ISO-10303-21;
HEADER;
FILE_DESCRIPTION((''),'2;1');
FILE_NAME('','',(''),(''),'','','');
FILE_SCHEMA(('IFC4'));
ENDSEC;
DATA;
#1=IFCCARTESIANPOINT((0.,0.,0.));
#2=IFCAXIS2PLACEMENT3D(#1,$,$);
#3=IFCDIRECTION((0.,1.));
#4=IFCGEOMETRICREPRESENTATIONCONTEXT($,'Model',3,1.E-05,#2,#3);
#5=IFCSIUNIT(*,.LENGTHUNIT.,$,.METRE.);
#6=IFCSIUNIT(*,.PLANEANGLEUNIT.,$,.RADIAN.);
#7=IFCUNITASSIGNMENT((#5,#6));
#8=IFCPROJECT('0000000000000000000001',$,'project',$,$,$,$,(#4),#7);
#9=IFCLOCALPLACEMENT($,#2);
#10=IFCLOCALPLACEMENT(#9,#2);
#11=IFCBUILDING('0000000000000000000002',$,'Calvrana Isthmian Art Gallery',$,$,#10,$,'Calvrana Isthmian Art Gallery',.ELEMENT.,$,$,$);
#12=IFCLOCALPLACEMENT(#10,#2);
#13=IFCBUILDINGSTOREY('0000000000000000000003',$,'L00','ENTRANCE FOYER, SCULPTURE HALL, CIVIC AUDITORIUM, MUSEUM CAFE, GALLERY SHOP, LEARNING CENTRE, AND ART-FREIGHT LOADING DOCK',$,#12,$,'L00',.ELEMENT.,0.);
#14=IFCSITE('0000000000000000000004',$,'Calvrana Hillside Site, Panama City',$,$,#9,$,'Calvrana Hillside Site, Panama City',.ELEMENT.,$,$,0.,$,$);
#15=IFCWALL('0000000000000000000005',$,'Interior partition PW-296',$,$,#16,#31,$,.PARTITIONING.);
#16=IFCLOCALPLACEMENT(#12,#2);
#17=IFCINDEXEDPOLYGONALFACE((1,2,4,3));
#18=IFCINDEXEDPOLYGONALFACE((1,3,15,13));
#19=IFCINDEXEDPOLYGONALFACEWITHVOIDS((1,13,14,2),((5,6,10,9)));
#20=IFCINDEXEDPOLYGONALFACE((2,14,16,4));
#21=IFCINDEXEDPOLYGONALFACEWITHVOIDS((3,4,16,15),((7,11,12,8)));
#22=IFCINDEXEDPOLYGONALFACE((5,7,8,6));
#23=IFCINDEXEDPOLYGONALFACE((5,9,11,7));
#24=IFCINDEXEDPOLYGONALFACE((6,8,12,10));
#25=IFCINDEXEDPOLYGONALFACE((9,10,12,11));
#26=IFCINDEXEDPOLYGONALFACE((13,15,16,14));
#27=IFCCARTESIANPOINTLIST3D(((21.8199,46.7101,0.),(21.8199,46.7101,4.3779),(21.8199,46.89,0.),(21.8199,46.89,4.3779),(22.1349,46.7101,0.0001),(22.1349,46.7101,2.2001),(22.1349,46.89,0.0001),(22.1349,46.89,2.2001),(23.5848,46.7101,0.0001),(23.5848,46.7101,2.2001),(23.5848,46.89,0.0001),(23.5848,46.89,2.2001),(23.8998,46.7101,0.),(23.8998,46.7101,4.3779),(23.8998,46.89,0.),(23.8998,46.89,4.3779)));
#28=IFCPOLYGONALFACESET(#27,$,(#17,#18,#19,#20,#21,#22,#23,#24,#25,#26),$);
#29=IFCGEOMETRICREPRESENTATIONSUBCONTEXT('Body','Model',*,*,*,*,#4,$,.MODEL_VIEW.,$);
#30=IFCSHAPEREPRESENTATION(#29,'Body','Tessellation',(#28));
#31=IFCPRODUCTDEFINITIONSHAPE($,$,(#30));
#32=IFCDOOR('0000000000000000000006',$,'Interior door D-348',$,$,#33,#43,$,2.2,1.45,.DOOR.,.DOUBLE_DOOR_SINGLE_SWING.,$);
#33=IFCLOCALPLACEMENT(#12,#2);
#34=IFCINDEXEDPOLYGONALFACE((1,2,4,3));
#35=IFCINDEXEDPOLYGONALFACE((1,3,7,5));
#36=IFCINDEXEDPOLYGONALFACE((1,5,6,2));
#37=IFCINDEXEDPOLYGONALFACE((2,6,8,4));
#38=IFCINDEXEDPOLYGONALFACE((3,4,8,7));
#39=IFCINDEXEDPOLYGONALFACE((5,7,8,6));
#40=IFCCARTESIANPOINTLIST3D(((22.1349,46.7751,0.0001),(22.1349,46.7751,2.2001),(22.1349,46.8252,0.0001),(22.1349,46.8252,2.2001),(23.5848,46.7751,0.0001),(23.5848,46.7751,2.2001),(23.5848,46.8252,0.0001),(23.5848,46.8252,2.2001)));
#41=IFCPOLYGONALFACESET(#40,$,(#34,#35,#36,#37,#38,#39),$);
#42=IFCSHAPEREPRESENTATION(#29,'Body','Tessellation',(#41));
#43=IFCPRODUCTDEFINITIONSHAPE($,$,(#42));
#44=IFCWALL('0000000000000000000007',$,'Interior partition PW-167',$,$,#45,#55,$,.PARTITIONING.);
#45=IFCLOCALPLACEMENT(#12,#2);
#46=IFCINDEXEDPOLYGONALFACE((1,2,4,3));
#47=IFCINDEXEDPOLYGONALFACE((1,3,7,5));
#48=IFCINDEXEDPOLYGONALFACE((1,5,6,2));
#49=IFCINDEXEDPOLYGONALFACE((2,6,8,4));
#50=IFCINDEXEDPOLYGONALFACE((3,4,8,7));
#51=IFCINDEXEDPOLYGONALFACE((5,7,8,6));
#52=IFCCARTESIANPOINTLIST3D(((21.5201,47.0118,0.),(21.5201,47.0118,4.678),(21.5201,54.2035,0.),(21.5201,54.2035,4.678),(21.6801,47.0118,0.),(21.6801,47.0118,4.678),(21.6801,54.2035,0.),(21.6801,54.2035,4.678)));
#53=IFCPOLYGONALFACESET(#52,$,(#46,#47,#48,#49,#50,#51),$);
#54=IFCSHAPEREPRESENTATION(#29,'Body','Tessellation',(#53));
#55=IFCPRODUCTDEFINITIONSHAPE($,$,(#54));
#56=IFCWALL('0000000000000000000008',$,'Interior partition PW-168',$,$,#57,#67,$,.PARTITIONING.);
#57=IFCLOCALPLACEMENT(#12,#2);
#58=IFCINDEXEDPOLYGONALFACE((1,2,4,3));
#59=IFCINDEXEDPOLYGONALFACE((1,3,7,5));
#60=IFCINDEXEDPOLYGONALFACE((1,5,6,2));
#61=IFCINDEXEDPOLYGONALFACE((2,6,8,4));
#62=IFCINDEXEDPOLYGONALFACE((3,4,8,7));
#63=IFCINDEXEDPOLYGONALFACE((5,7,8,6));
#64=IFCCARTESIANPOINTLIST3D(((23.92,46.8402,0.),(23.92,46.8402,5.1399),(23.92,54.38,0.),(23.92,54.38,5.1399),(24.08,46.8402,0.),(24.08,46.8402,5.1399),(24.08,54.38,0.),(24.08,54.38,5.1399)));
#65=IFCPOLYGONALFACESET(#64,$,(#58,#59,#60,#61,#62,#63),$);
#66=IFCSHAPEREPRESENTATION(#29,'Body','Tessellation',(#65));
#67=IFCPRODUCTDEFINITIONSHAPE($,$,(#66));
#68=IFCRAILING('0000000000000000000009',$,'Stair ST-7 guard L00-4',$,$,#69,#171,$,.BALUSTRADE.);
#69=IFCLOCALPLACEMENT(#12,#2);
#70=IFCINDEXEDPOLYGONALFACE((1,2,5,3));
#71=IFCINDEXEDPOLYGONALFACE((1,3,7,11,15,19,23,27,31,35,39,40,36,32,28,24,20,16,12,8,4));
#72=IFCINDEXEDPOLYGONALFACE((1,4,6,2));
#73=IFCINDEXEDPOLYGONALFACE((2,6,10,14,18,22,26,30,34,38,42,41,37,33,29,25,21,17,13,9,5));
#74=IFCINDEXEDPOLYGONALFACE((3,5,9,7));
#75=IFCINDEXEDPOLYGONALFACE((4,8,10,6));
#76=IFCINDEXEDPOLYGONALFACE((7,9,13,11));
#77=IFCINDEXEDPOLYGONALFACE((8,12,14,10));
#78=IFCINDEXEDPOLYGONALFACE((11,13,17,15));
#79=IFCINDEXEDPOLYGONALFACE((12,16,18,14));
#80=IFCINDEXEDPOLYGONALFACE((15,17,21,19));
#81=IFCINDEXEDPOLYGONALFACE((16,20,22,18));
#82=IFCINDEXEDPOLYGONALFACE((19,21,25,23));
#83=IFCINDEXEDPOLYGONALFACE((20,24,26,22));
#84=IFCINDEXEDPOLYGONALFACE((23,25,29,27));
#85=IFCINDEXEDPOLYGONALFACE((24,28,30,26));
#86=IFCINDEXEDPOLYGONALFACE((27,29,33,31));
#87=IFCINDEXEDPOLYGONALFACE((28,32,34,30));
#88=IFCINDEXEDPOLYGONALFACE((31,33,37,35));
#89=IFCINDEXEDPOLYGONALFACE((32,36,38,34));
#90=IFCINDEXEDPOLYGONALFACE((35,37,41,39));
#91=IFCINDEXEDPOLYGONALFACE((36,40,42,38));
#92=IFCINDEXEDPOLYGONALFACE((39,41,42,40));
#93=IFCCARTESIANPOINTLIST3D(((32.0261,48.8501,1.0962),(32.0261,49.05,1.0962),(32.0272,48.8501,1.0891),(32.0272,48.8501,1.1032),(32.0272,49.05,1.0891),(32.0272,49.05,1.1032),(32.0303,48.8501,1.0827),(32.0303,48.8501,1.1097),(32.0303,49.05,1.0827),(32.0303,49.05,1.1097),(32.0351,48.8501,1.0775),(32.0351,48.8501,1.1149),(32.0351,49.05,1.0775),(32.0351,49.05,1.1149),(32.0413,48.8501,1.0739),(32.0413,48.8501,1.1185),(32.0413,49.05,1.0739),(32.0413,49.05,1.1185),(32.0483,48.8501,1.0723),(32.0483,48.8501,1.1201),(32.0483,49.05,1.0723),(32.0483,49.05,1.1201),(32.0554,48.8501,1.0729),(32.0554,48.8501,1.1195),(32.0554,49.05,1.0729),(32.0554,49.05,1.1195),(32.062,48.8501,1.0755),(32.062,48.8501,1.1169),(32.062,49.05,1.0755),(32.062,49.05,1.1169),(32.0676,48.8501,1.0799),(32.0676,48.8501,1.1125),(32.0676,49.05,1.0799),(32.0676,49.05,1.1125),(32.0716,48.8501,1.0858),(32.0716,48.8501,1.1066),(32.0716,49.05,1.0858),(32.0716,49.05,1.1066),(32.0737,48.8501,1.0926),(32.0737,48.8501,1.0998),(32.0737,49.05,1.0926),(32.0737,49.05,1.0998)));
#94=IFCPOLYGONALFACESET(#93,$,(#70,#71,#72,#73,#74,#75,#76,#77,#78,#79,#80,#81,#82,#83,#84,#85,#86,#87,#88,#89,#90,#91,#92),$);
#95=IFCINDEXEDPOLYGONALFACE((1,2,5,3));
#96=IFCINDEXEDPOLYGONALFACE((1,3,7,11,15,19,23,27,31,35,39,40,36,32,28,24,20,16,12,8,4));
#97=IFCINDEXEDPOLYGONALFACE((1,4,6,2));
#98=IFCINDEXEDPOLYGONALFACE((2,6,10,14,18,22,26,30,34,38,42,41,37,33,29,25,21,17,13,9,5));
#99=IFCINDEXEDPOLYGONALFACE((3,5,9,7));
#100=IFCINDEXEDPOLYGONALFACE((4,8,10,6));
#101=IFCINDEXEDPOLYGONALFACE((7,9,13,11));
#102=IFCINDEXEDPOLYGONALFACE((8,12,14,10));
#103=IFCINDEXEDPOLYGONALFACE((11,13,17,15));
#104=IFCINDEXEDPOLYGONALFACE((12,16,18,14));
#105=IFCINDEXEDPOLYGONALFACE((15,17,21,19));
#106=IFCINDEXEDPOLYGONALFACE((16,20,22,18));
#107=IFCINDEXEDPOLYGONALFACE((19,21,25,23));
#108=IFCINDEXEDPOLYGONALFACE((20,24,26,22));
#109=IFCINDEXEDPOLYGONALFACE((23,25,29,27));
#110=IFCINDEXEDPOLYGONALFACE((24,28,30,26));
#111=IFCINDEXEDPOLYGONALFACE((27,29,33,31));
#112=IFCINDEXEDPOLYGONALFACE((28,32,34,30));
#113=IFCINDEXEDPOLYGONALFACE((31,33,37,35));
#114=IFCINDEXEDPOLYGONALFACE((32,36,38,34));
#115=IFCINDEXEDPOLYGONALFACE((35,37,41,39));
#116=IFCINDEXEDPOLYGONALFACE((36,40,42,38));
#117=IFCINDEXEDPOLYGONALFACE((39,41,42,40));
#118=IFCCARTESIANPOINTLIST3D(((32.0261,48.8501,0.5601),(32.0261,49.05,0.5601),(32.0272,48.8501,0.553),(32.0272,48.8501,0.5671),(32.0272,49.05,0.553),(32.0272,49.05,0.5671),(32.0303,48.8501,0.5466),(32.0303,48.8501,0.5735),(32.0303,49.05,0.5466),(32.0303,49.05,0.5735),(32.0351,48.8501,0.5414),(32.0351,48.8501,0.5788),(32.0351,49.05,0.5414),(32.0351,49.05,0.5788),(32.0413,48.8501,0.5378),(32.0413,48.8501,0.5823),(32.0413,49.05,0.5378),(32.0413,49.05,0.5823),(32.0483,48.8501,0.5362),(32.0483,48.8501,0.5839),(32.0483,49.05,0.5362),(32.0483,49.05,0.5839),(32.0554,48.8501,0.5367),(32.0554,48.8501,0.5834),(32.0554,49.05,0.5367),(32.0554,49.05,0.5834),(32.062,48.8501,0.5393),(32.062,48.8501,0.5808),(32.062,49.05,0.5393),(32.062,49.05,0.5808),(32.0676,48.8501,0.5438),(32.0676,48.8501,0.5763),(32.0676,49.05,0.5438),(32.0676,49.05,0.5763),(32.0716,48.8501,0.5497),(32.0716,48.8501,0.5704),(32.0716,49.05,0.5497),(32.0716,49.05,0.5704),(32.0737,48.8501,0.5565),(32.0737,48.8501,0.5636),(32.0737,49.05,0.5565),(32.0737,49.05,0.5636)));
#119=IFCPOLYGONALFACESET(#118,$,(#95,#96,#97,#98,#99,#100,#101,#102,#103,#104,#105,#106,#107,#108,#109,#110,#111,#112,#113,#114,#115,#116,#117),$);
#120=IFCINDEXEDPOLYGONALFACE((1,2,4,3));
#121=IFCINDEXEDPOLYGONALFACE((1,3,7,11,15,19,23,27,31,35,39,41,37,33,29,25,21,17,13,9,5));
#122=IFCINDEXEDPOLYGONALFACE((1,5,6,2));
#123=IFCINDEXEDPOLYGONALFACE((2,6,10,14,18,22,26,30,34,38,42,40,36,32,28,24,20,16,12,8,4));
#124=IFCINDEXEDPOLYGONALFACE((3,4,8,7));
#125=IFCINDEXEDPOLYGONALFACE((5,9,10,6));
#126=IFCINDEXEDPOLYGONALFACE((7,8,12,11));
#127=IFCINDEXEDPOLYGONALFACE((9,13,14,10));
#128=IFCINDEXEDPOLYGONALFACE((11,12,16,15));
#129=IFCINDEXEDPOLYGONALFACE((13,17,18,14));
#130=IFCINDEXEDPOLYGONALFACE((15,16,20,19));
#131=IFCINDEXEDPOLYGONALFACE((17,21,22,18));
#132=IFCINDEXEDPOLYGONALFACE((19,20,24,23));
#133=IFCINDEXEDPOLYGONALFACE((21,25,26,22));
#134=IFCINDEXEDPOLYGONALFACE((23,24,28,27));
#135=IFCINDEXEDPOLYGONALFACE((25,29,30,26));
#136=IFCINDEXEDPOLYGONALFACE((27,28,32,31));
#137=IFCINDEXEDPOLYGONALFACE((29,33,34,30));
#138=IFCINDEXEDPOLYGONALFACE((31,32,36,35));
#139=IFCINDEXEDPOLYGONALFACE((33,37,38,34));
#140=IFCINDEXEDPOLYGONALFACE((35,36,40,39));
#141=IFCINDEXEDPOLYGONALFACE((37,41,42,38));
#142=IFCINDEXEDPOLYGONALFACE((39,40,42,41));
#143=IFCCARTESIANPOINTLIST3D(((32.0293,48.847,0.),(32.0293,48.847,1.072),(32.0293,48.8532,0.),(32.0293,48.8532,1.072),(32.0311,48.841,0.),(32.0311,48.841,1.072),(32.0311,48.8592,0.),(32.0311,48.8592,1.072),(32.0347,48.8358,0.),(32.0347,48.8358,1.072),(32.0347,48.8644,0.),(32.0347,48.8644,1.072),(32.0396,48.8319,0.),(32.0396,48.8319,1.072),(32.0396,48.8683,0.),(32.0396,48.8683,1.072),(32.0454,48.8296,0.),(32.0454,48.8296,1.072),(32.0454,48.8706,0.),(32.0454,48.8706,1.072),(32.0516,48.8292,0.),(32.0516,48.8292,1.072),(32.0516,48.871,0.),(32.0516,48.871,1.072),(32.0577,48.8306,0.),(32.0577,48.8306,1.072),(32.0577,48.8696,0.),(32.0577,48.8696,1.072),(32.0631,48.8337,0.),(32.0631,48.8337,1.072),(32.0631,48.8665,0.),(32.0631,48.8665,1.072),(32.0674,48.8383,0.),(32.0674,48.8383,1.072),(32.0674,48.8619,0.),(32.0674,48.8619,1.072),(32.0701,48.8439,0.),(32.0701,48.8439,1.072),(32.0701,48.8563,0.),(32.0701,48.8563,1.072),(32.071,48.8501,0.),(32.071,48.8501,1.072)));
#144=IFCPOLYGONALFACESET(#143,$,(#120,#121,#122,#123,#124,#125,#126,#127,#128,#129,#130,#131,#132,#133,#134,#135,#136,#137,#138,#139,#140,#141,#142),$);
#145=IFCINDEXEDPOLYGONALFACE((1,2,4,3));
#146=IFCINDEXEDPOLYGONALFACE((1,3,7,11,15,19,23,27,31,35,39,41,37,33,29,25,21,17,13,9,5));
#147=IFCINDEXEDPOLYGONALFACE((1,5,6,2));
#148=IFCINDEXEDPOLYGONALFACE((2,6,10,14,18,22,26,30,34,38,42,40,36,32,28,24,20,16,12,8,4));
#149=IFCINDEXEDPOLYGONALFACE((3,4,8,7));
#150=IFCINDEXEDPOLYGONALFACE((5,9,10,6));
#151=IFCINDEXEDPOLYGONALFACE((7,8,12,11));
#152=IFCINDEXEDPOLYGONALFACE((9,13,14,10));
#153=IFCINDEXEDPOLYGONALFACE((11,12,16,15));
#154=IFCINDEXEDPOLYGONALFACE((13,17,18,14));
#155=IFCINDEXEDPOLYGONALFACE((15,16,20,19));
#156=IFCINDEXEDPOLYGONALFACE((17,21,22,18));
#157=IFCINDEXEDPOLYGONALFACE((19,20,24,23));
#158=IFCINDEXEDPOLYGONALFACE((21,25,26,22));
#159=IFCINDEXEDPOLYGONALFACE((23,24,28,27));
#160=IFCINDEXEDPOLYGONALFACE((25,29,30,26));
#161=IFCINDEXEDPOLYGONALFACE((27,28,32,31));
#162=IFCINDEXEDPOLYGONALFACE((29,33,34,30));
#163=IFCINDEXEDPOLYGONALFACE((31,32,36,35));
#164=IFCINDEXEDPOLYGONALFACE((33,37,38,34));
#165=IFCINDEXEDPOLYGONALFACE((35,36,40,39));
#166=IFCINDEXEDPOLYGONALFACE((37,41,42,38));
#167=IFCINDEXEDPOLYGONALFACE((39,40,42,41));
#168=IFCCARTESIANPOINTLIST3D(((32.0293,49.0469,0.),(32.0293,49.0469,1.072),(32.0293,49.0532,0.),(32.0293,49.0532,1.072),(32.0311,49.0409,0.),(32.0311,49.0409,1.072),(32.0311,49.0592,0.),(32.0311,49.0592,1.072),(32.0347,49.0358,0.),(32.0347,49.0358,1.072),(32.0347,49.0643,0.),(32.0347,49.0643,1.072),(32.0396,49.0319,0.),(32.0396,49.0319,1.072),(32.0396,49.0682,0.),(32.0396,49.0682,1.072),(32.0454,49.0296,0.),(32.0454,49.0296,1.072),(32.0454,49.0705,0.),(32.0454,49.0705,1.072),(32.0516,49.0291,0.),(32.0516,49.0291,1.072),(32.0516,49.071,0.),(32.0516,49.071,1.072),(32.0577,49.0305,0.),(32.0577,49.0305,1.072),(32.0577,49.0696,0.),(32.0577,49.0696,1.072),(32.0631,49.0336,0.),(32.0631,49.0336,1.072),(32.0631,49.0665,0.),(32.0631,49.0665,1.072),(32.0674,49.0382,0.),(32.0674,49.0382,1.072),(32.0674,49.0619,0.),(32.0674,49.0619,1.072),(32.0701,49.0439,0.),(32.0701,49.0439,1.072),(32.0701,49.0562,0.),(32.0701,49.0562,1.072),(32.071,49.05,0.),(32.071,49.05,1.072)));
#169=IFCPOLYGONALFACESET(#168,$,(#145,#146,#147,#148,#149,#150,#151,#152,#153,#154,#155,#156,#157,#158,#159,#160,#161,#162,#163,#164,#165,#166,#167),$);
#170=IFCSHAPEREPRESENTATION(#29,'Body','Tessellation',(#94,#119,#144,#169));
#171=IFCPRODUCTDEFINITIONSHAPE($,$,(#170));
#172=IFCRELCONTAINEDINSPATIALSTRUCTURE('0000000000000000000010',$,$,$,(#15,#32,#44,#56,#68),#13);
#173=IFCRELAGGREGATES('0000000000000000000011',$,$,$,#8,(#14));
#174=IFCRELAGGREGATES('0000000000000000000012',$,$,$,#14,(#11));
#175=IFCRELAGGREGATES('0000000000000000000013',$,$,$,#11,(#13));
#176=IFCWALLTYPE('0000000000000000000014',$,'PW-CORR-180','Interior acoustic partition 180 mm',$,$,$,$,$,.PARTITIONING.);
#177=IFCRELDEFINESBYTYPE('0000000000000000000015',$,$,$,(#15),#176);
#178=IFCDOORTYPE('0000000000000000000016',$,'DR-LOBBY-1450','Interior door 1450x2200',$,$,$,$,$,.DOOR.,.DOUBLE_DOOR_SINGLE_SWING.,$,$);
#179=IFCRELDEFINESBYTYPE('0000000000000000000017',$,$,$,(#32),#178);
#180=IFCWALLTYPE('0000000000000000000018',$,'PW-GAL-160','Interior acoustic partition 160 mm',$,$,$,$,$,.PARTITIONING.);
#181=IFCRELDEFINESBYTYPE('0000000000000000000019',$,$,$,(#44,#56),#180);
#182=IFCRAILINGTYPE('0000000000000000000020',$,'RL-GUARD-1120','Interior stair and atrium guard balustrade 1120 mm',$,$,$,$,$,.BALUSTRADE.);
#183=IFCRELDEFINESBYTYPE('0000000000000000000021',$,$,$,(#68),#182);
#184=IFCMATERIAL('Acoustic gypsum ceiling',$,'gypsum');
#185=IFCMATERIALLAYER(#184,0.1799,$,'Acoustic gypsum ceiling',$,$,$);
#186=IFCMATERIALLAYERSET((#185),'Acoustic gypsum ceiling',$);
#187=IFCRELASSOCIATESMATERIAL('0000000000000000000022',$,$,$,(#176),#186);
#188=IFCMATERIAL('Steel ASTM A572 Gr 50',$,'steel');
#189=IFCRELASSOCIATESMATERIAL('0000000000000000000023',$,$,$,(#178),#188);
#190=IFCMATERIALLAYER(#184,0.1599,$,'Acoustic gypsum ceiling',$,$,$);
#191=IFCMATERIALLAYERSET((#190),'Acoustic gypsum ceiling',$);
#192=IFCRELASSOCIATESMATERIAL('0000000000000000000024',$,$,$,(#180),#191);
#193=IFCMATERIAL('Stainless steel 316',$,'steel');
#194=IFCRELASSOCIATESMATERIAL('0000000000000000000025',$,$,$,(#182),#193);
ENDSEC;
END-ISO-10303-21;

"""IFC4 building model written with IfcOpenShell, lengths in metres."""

from ifc_helpers import new_model, si_unit, direction, frame, frame_2d, origin, origin_2d, place, context, subcontext, project, spatial, rectangle, circle, extrude, material, layer, layer_set, type_object, element, fill, save


model = new_model("IFC4")

# Units and contexts
model_context = context("Model", 3, precision=1e-05, world=origin(), true_north=direction((0.0, 1.0)))
body_context = subcontext(model_context, "Body", "Model", "MODEL_VIEW")
ifc_project = project(units=[si_unit("LENGTHUNIT", "METRE"), si_unit("PLANEANGLEUNIT", "RADIAN")], contexts=[model_context])

# Site, building, storey
site_placement = place(None, origin())
site = spatial("IfcSite", under=ifc_project, at=site_placement, Name="Calvrana Hillside Site, Panama City", LongName="Calvrana Hillside Site, Panama City", CompositionType="ELEMENT", RefElevation=0.0)
building_placement = place(site_placement, origin())
building = spatial("IfcBuilding", under=site, at=building_placement, Name="Calvrana Isthmian Art Gallery", LongName="Calvrana Isthmian Art Gallery", CompositionType="ELEMENT")
storey_placement = place(building_placement, origin())
storey = spatial("IfcBuildingStorey", under=building, at=storey_placement, Name="L00", Description="ENTRANCE FOYER, SCULPTURE HALL, CIVIC AUDITORIUM, MUSEUM CAFE, GALLERY SHOP, LEARNING CENTRE, AND ART-FREIGHT LOADING DOCK", LongName="L00", CompositionType="ELEMENT", Elevation=0.0)

# Shared definitions
ifc_material_1 = material(Name="Steel ASTM A572 Gr 50", Category="steel")

# Wall, opening, door
ifc_material_2 = material(Name="Acoustic gypsum ceiling", Category="gypsum")
ifc_layer_1 = layer(ifc_material_2, 0.1799, Name="Acoustic gypsum ceiling")
ifc_layer_set_1 = layer_set([ifc_layer_1], Name="Acoustic gypsum ceiling")
wall_type_1 = type_object("IfcWallType", Name="PW-CORR-180", Description="Interior acoustic partition 180 mm", PredefinedType="PARTITIONING", material=ifc_layer_set_1)
wall_1_placement = place(storey_placement, frame((23.8999, 46.8, 0.0), z_axis=(0.0, 0.0, 1.0), x_axis=(-1.0, 0.0, 0.0)))
wall_1 = element("IfcWall", 1, at=wall_1_placement, inside=storey, type_object=wall_type_1, Name="Interior partition PW-296", PredefinedType="PARTITIONING", context=body_context, shape_type="SweptSolid", body=[
    extrude(rectangle(XDim=2.0798, YDim=0.1799, at=frame_2d((1.04, 0.0))), origin(), (0.0, 0.0, 1.0), 4.3779),
])
opening_1_placement = place(wall_1_placement, frame((0.3149, 0.0, 0.0)))
opening_1 = element("IfcOpeningElement", 2, at=opening_1_placement, cuts=wall_1, PredefinedType="OPENING", context=body_context, shape_type="SweptSolid", body=[
    extrude(rectangle(XDim=1.45, YDim=2.2, at=frame_2d((0.7251, 1.1001))), frame((0.0, 0.1001, 0.0), z_axis=(0.0, -1.0, 0.0), x_axis=(1.0, 0.0, 0.0)), (0.0, 0.0, 1.0), 0.2004),
])
door_type_1 = type_object("IfcDoorType", Name="DR-LOBBY-1450", Description="Interior door 1450x2200", OperationType="DOUBLE_DOOR_SINGLE_SWING", PredefinedType="DOOR", material=ifc_material_1)
door_1_placement = place(opening_1_placement, origin())
door_1 = element("IfcDoor", 3, at=door_1_placement, inside=storey, type_object=door_type_1, Name="Interior door D-348", OperationType="DOUBLE_DOOR_SINGLE_SWING", OverallHeight=2.2, OverallWidth=1.45, PredefinedType="DOOR", context=body_context, shape_type="SweptSolid", body=[
    extrude(rectangle(XDim=1.45, YDim=2.2, at=frame_2d((0.7251, 1.1001))), frame((0.0, 0.0249, 0.0), z_axis=(0.0, -1.0, 0.0), x_axis=(1.0, 0.0, 0.0)), (0.0, 0.0, 1.0), 0.05),
])
fill(opening_1, door_1)

# Walls
ifc_layer_2 = layer(ifc_material_2, 0.1599, Name="Acoustic gypsum ceiling")
ifc_layer_set_2 = layer_set([ifc_layer_2], Name="Acoustic gypsum ceiling")
wall_type_2 = type_object("IfcWallType", Name="PW-GAL-160", Description="Interior acoustic partition 160 mm", PredefinedType="PARTITIONING", material=ifc_layer_set_2)
wall_2_placement = place(storey_placement, frame((21.6001, 47.012, 0.0), z_axis=(0.0, 0.0, 1.0), x_axis=(0.0, 1.0, 0.0)))
element("IfcWall", 4, at=wall_2_placement, inside=storey, type_object=wall_type_2, Name="Interior partition PW-167", PredefinedType="PARTITIONING", context=body_context, shape_type="SweptSolid", body=[
    extrude(rectangle(XDim=7.1917, YDim=0.1599, at=frame_2d((3.5957, 0.0))), origin(), (0.0, 0.0, 1.0), 4.678),
])
wall_3_placement = place(storey_placement, frame((24.0, 46.8401, 0.0), z_axis=(0.0, 0.0, 1.0), x_axis=(0.0, 1.0, 0.0)))
element("IfcWall", 5, at=wall_3_placement, inside=storey, type_object=wall_type_2, Name="Interior partition PW-168", PredefinedType="PARTITIONING", context=body_context, shape_type="SweptSolid", body=[
    extrude(rectangle(XDim=7.5398, YDim=0.1599, at=frame_2d((3.77, 0.0))), origin(), (0.0, 0.0, 1.0), 5.1399),
])

# Railing
ifc_material_3 = material(Name="Stainless steel 316", Category="steel")
railing_type = type_object("IfcRailingType", Name="RL-GUARD-1120", Description="Interior stair and atrium guard balustrade 1120 mm", PredefinedType="BALUSTRADE", material=ifc_material_3)
railing_placement = place(storey_placement, frame((32.05, 48.8501, 0.0)))
element("IfcRailing", 6, at=railing_placement, inside=storey, type_object=railing_type, Name="Stair ST-7 guard L00-4", PredefinedType="BALUSTRADE", context=body_context, shape_type="SweptSolid", body=[
    extrude(circle(Radius=0.0239, at=origin_2d()), frame((0.0, 0.0, 1.0962), z_axis=(0.0, 1.0, 0.0), x_axis=(-1.0, 0.0, 0.0)), (0.0, 0.0, 1.0), 0.2),
    extrude(circle(Radius=0.0239, at=origin_2d()), frame((0.0, 0.0, 0.5601), z_axis=(0.0, 1.0, 0.0), x_axis=(-1.0, 0.0, 0.0)), (0.0, 0.0, 1.0), 0.2),
    extrude(circle(Radius=0.021, at=origin_2d()), origin(), (0.0, 0.0, 1.0), 1.072),
    extrude(circle(Radius=0.021, at=origin_2d()), frame((0.0, 0.2, 0.0)), (0.0, 0.0, 1.0), 1.072),
])

save(model, "model.ifc")
